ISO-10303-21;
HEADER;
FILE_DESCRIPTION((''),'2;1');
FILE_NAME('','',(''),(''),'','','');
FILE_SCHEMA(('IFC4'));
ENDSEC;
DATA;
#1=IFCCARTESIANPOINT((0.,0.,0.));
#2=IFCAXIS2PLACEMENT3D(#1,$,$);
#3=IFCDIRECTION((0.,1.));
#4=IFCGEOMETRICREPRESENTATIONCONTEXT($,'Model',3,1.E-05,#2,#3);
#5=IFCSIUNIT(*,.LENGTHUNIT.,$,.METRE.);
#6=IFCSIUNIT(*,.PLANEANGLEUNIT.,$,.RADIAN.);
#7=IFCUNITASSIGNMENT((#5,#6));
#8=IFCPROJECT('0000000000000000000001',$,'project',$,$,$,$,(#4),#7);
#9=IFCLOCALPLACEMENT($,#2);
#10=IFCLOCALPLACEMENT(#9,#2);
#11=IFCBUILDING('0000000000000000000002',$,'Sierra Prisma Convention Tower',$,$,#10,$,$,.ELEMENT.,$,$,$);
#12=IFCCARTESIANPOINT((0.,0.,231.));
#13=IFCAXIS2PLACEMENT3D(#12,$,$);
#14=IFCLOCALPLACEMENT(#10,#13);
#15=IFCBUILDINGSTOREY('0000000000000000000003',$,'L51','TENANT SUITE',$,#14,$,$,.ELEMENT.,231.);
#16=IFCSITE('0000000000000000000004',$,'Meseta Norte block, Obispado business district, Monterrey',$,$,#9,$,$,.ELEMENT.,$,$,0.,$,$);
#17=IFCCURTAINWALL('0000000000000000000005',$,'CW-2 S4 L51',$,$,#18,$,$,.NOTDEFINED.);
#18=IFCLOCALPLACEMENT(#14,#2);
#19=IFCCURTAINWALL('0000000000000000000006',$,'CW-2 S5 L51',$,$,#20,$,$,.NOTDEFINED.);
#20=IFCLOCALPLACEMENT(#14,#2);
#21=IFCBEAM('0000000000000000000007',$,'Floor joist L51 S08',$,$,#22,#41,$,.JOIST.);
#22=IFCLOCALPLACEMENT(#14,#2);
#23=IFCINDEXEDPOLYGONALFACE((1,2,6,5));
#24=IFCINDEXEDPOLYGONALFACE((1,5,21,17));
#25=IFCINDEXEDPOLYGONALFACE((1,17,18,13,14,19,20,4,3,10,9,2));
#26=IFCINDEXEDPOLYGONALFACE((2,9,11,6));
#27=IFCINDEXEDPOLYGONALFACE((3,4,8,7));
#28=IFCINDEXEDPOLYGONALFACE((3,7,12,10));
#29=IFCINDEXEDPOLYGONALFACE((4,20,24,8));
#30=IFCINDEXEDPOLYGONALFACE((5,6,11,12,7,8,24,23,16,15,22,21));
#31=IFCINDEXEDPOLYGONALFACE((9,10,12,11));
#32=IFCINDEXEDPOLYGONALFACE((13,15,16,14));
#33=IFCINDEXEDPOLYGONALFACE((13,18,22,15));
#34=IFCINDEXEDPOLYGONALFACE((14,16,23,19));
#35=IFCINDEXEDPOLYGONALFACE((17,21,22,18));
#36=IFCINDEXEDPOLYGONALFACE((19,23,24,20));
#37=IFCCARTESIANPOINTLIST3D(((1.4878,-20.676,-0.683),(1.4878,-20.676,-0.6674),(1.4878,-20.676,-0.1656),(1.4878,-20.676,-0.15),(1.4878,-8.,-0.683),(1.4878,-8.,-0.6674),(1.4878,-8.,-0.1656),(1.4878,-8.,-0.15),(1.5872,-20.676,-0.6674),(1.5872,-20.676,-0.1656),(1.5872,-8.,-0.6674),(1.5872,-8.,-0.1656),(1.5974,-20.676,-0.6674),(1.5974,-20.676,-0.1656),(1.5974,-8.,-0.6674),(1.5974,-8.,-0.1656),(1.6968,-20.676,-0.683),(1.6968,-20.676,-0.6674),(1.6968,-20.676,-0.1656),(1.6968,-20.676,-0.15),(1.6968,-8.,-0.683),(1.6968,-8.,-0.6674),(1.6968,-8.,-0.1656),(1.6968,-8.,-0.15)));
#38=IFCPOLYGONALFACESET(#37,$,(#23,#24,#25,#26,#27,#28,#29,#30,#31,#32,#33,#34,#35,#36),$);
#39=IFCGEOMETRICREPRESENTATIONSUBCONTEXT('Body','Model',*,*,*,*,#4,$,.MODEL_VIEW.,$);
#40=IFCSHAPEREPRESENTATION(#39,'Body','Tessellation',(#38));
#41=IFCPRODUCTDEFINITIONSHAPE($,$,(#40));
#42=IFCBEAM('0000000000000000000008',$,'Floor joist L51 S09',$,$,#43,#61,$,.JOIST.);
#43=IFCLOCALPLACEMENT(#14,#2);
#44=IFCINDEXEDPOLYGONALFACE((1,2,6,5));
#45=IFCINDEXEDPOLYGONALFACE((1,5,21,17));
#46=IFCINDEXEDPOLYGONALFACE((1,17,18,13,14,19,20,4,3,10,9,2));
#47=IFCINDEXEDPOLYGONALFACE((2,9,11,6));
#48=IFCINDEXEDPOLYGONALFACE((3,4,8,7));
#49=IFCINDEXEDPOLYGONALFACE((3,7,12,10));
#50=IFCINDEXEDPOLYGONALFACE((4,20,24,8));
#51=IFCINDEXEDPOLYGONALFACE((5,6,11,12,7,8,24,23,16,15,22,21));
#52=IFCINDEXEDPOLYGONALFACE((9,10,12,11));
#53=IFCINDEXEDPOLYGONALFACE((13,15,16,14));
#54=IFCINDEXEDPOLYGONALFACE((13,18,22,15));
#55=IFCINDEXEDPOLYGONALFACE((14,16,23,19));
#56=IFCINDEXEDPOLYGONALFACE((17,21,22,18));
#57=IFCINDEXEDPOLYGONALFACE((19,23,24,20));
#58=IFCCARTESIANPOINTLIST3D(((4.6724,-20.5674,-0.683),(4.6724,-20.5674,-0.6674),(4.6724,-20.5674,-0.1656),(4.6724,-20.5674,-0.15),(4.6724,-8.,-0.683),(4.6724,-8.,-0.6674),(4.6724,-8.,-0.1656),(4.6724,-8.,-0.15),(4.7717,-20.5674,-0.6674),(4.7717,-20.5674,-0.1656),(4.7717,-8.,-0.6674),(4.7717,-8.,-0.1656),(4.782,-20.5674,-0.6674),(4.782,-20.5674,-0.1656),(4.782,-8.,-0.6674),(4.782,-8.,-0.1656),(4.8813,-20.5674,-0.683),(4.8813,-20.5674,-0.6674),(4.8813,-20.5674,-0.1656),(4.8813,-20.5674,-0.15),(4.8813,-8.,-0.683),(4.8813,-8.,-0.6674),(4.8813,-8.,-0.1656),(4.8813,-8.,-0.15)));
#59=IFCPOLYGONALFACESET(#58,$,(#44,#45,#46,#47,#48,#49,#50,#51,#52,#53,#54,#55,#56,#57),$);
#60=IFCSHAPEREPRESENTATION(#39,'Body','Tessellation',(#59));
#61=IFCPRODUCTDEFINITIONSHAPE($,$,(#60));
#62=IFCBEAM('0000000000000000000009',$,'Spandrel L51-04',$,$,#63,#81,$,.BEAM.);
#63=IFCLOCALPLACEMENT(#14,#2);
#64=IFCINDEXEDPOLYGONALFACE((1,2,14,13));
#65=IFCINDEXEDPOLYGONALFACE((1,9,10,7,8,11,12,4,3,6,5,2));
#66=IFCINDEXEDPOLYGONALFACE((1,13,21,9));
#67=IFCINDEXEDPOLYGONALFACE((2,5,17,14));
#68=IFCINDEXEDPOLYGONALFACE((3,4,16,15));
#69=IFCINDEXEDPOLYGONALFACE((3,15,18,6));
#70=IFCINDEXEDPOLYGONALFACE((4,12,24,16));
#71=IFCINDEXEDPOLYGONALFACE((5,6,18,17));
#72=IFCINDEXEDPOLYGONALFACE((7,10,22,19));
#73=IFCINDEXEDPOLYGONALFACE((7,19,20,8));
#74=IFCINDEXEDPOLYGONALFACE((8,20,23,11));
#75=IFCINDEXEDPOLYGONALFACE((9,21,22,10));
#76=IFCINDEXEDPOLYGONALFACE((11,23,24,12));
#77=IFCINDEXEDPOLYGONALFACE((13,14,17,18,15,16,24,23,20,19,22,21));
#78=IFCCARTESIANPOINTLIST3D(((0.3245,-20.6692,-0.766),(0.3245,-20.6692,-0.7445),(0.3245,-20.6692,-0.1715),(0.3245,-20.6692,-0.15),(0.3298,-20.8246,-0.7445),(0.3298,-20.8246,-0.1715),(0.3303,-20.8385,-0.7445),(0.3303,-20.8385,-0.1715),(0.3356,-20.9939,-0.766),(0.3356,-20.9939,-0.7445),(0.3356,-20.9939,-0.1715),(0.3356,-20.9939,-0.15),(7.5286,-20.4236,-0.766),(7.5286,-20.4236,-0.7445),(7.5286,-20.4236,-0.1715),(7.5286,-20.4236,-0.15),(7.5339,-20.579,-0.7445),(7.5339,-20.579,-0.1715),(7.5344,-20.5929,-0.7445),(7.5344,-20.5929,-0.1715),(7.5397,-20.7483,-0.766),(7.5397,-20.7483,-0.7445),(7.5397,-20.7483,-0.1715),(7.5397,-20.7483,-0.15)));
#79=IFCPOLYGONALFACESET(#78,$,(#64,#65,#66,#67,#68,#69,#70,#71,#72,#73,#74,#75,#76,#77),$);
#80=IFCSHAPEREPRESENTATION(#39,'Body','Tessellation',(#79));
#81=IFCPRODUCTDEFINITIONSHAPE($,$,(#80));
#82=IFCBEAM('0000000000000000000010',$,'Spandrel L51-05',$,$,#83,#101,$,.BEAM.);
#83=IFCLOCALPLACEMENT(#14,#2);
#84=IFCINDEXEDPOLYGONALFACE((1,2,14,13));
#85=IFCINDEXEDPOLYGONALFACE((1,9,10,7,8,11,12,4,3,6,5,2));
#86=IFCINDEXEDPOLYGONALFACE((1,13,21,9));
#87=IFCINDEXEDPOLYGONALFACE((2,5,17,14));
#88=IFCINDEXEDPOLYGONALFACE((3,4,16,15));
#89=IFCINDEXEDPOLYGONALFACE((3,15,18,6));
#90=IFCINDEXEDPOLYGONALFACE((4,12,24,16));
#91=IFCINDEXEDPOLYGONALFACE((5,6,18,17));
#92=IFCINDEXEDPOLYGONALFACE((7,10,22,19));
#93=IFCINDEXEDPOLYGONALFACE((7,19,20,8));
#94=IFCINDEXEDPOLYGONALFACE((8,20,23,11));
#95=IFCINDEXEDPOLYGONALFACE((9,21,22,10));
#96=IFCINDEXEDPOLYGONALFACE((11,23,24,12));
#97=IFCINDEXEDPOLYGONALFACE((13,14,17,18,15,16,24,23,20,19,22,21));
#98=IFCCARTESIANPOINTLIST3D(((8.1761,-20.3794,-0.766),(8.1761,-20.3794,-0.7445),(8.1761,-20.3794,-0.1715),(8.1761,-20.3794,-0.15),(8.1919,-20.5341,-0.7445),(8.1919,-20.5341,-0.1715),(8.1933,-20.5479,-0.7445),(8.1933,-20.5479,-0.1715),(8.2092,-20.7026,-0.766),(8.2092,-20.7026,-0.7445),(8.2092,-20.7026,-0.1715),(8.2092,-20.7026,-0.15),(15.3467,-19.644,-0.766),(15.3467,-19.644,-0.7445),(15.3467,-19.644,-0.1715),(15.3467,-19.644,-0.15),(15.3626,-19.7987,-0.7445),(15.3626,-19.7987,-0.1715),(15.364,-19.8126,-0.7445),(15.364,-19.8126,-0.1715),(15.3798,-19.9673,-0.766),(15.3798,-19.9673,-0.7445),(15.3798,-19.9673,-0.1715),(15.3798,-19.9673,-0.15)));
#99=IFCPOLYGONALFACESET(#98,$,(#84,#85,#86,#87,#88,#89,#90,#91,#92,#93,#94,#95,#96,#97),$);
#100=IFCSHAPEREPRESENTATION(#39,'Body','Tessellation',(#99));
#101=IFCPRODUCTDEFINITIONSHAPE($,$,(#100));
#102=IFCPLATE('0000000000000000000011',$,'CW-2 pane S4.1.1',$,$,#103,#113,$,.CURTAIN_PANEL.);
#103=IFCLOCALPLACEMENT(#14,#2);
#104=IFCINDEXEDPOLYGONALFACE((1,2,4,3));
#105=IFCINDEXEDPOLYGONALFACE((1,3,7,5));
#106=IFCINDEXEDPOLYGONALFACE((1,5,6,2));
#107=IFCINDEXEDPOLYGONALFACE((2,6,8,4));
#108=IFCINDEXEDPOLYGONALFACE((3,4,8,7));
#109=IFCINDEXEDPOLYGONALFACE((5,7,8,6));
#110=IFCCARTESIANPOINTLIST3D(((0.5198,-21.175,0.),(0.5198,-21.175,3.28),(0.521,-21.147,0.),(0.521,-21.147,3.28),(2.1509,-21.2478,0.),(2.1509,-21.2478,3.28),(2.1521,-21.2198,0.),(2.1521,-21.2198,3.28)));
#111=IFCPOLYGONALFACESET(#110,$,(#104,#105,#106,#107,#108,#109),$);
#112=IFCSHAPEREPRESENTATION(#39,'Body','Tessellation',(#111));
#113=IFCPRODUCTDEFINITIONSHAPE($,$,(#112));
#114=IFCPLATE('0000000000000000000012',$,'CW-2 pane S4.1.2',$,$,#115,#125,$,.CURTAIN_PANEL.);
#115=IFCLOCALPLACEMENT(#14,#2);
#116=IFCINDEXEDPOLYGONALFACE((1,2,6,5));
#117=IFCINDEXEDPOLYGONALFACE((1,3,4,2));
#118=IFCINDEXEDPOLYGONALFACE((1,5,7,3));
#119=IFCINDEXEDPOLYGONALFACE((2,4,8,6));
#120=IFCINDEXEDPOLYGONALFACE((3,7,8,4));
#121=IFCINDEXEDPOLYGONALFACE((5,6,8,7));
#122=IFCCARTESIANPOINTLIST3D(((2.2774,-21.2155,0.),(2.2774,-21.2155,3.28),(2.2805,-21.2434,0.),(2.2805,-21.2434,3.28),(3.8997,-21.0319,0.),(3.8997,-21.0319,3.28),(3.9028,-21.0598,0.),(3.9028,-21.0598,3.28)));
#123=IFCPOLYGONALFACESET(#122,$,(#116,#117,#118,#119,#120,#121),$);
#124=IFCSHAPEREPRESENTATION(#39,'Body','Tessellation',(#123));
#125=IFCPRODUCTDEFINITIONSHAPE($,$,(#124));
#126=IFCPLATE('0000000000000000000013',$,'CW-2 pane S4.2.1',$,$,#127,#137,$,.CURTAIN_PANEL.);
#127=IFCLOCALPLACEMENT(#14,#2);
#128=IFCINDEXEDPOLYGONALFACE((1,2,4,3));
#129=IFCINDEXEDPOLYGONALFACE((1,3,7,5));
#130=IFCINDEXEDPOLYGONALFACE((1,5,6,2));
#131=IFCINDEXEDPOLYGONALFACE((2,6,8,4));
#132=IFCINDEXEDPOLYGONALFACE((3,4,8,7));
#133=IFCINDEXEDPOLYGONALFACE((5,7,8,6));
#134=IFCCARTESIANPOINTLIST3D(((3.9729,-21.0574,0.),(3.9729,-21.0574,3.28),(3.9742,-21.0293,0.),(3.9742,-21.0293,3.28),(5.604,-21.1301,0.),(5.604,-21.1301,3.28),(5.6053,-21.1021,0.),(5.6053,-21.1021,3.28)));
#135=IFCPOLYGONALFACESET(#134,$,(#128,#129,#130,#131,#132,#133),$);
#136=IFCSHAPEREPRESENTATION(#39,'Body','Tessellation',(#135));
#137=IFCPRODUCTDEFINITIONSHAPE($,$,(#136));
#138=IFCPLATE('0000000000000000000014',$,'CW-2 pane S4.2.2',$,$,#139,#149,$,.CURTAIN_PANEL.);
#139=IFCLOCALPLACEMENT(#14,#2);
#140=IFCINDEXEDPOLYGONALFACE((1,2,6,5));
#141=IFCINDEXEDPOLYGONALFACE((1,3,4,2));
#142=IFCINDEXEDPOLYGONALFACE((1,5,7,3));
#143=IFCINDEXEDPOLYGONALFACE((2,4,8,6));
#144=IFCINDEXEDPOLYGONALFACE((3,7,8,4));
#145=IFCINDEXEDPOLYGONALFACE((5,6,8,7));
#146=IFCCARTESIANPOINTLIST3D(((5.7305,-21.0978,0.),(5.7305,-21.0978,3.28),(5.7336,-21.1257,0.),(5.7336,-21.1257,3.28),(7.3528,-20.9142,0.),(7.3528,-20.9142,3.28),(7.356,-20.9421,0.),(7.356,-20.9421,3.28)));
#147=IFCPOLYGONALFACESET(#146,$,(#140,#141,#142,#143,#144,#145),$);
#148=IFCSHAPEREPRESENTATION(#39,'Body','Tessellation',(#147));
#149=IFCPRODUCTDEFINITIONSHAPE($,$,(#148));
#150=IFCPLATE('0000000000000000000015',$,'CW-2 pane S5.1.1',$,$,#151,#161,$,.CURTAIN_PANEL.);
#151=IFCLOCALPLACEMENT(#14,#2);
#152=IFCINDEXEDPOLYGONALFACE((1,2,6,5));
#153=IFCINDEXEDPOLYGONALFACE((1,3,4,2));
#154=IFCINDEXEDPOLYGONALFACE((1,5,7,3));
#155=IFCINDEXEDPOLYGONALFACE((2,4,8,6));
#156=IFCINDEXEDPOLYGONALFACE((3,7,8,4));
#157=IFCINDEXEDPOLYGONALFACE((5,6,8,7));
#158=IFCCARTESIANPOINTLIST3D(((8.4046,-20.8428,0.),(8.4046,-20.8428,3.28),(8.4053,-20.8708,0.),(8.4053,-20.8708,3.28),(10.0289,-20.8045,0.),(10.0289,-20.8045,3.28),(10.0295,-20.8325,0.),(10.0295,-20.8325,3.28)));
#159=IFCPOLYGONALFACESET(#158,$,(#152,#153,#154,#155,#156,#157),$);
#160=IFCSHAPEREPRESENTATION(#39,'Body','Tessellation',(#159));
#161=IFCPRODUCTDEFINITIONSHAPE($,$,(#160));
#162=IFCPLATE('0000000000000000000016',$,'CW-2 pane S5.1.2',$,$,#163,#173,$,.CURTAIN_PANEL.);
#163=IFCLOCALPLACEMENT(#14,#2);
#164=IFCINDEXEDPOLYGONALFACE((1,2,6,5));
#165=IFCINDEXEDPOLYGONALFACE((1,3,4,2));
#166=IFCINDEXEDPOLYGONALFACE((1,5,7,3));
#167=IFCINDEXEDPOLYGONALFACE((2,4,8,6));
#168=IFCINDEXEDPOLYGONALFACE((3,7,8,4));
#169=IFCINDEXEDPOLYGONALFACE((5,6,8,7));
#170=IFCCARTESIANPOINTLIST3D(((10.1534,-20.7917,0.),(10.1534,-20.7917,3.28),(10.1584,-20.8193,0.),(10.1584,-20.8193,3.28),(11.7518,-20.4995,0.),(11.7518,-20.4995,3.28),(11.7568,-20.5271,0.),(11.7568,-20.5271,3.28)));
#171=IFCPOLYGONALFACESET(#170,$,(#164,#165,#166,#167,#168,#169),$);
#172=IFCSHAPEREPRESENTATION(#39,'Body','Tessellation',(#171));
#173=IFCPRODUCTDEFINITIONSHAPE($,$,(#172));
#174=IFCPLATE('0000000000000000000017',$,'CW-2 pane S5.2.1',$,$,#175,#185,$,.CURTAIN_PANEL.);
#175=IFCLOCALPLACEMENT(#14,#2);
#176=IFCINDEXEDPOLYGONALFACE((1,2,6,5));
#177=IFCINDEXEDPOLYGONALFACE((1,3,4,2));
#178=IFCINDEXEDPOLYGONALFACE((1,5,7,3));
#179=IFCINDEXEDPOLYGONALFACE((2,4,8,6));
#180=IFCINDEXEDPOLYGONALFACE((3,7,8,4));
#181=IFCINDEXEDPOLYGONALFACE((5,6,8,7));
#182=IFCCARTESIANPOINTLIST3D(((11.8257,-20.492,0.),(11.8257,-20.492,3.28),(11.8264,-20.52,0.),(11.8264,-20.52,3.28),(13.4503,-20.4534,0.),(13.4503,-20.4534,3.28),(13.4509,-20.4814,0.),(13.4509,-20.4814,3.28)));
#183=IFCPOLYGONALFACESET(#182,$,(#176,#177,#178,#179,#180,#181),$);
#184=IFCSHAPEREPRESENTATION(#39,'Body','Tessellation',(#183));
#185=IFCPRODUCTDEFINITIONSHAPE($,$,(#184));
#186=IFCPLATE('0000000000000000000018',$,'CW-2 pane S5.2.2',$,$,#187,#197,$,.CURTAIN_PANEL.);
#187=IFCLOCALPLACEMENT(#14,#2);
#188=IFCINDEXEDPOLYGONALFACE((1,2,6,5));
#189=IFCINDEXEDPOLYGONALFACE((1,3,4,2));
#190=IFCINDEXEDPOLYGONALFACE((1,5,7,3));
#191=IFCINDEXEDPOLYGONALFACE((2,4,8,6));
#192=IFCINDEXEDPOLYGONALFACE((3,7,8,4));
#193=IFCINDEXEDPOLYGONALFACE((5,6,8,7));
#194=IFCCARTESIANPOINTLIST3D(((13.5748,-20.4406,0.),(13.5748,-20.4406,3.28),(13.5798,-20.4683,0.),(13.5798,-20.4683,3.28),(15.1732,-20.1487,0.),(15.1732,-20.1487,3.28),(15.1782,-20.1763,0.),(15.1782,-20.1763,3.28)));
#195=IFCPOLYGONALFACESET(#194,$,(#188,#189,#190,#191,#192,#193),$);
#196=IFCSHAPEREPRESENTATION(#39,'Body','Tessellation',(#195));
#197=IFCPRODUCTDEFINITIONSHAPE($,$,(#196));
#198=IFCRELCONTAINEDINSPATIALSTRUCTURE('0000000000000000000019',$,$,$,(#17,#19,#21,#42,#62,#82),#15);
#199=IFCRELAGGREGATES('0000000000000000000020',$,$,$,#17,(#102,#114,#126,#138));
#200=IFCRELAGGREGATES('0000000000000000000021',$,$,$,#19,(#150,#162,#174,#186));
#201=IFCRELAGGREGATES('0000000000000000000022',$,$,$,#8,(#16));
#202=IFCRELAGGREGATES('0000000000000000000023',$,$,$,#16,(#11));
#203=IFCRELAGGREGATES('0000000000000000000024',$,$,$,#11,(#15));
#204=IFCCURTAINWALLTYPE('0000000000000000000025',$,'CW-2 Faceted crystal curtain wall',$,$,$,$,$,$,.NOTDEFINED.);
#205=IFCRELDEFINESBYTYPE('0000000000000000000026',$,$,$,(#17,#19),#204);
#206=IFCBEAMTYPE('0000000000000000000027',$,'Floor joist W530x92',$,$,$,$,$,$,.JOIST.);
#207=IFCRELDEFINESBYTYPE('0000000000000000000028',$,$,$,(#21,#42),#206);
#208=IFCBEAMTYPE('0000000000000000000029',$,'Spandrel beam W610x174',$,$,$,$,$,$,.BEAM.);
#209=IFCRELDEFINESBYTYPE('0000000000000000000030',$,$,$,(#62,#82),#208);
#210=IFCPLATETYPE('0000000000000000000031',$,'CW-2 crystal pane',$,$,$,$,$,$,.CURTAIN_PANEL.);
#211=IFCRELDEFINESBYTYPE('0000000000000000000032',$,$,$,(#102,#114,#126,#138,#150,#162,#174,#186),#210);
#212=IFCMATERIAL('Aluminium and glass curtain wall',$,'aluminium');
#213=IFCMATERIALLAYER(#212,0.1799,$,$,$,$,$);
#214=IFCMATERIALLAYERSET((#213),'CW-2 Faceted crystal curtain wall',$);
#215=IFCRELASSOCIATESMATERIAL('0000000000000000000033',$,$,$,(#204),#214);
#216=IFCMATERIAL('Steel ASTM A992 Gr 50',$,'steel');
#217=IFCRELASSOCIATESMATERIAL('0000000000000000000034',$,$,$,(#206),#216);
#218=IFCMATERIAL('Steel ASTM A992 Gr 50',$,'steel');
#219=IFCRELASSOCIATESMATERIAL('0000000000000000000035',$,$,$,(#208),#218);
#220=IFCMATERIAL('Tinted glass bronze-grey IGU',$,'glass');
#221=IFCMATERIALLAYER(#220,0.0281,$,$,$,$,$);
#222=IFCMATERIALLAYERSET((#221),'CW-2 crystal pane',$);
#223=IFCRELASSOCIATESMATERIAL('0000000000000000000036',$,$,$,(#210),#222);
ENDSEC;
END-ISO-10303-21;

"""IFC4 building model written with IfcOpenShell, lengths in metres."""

from ifc_helpers import new_model, si_unit, direction, frame, origin, origin_2d, place, context, subcontext, project, spatial, polyline, i_section, outline, extrude, material, layer, layer_set, material_profile, profile_set, type_object, element, aggregate, save


model = new_model("IFC4")

# Units and contexts
model_context = context("Model", 3, precision=1e-05, world=origin(), true_north=direction((0.0, 1.0)))
body_context = subcontext(model_context, "Body", "Model", "MODEL_VIEW")
ifc_project = project(units=[si_unit("LENGTHUNIT", "METRE"), si_unit("PLANEANGLEUNIT", "RADIAN")], contexts=[model_context])

# Site, building, storey
site_placement = place(None, origin())
site = spatial("IfcSite", under=ifc_project, at=site_placement, Name="Meseta Norte block, Obispado business district, Monterrey", CompositionType="ELEMENT", RefElevation=0.0)
building_placement = place(site_placement, origin())
building = spatial("IfcBuilding", under=site, at=building_placement, Name="Sierra Prisma Convention Tower", CompositionType="ELEMENT")
storey_placement = place(building_placement, frame((0.0, 0.0, 231.0)))
storey = spatial("IfcBuildingStorey", under=building, at=storey_placement, Name="L51", Description="TENANT SUITE", CompositionType="ELEMENT", Elevation=231.0)

# Curtain walls
ifc_material_1 = material(Name="Aluminium and glass curtain wall", Category="aluminium")
ifc_layer_1 = layer(ifc_material_1, 0.1799)
ifc_layer_set_1 = layer_set([ifc_layer_1], Name="CW-2 Faceted crystal curtain wall")
curtain_wall_type = type_object("IfcCurtainWallType", Name="CW-2 Faceted crystal curtain wall", PredefinedType="NOTDEFINED", material=ifc_layer_set_1)
curtain_wall_1_placement = place(storey_placement, origin())
curtain_wall_1 = element("IfcCurtainWall", 1, at=curtain_wall_1_placement, inside=storey, type_object=curtain_wall_type, Name="CW-2 S4 L51", PredefinedType="NOTDEFINED")
curtain_wall_2_placement = place(storey_placement, origin())
curtain_wall_2 = element("IfcCurtainWall", 2, at=curtain_wall_2_placement, inside=storey, type_object=curtain_wall_type, Name="CW-2 S5 L51", PredefinedType="NOTDEFINED")

# Beams
ifc_material_2 = material(Name="Steel ASTM A992 Gr 50", Category="steel")
ifc_material_profile_1 = material_profile(ifc_material_2, i_section(OverallWidth=0.209, OverallDepth=0.533, WebThickness=0.0103, FlangeThickness=0.0156, at=origin_2d()), Name="W530x92")
ifc_profile_set_1 = profile_set([ifc_material_profile_1], Name="Steel ASTM A992 Gr 50")
beam_type_1 = type_object("IfcBeamType", Name="Floor joist W530x92", PredefinedType="JOIST", material=ifc_profile_set_1)
beam_1_placement = place(storey_placement, frame((1.5923, -20.676, -0.4165), z_axis=(0.0, 1.0, 0.0), x_axis=(-1.0, 0.0, 0.0)))
element("IfcBeam", 3, at=beam_1_placement, inside=storey, type_object=beam_type_1, Name="Floor joist L51 S08", PredefinedType="JOIST", context=body_context, shape_type="SweptSolid", body=[
    extrude(i_section(OverallWidth=0.209, OverallDepth=0.533, WebThickness=0.0103, FlangeThickness=0.0156, at=origin_2d()), origin(), (0.0, 0.0, 1.0), 12.676),
])
beam_2_placement = place(storey_placement, frame((4.7769, -20.5674, -0.4165), z_axis=(0.0, 1.0, 0.0), x_axis=(-1.0, 0.0, 0.0)))
element("IfcBeam", 4, at=beam_2_placement, inside=storey, type_object=beam_type_1, Name="Floor joist L51 S09", PredefinedType="JOIST", context=body_context, shape_type="SweptSolid", body=[
    extrude(i_section(OverallWidth=0.209, OverallDepth=0.533, WebThickness=0.0103, FlangeThickness=0.0156, at=origin_2d()), origin(), (0.0, 0.0, 1.0), 12.5674),
])
ifc_material_3 = material(Name="Steel ASTM A992 Gr 50", Category="steel")
ifc_material_profile_2 = material_profile(ifc_material_3, i_section(OverallWidth=0.325, OverallDepth=0.616, WebThickness=0.0139, FlangeThickness=0.0215, at=origin_2d()), Name="W610x174")
ifc_profile_set_2 = profile_set([ifc_material_profile_2], Name="Steel ASTM A992 Gr 50")
beam_type_2 = type_object("IfcBeamType", Name="Spandrel beam W610x174", PredefinedType="BEAM", material=ifc_profile_set_2)
for number, where, z_axis, x_axis, name in (
    (5, (0.3301, -20.8315, -0.458), (0.999419, 0.034073, 0.0), (-0.034073, 0.999419, 0.0), "Spandrel L51-04"),
    (6, (8.1926, -20.541, -0.458), (0.994783, 0.102015, 0.0), (-0.102015, 0.994783, 0.0), "Spandrel L51-05"),
):
    element("IfcBeam", number, at=place(storey_placement, frame(where, z_axis=z_axis, x_axis=x_axis)), inside=storey, type_object=beam_type_2, Name=name, PredefinedType="BEAM", context=body_context, shape_type="SweptSolid", body=[
        extrude(i_section(OverallWidth=0.325, OverallDepth=0.616, WebThickness=0.0139, FlangeThickness=0.0215, at=origin_2d()), origin(), (0.0, 0.0, 1.0), 7.2083),
    ])

# Plates
ifc_material_4 = material(Name="Tinted glass bronze-grey IGU", Category="glass")
ifc_layer_2 = layer(ifc_material_4, 0.0281)
ifc_layer_set_2 = layer_set([ifc_layer_2], Name="CW-2 crystal pane")
plate_type = type_object("IfcPlateType", Name="CW-2 crystal pane", PredefinedType="CURTAIN_PANEL", material=ifc_layer_set_2)
plate_1_placement = place(storey_placement, frame((0.5198, -21.175, 0.0), z_axis=(-0.04456, -0.999007, 0.0), x_axis=(0.999007, -0.04456, 0.0)))
plate_1 = element("IfcPlate", 7, at=plate_1_placement, type_object=plate_type, Name="CW-2 pane S4.1.1", PredefinedType="CURTAIN_PANEL", context=body_context, shape_type="SweptSolid", body=[
    extrude(outline(polyline([(0.0, 0.0), (1.6327, 0.0), (1.6327, 3.28), (0.0, 3.28), (0.0, 0.0)])), origin(), (0.0, 0.0, -1.0), 0.0281),
])
plate_2_placement = place(storey_placement, frame((3.9028, -21.0598, 0.0), z_axis=(0.11245, -0.993657, 0.0), x_axis=(-0.993657, -0.11245, 0.0)))
plate_2 = element("IfcPlate", 8, at=plate_2_placement, type_object=plate_type, Name="CW-2 pane S4.1.2", PredefinedType="CURTAIN_PANEL", context=body_context, shape_type="SweptSolid", body=[
    extrude(outline(polyline([(0.0, 0.0), (1.6327, 0.0), (1.6327, -3.28), (0.0, -3.28), (0.0, 0.0)])), origin(), (0.0, 0.0, -1.0), 0.0281),
])
plate_3_placement = place(storey_placement, frame((3.9729, -21.0574, 0.0), z_axis=(-0.04456, -0.999007, 0.0), x_axis=(0.999007, -0.04456, 0.0)))
plate_3 = element("IfcPlate", 9, at=plate_3_placement, type_object=plate_type, Name="CW-2 pane S4.2.1", PredefinedType="CURTAIN_PANEL", context=body_context, shape_type="SweptSolid", body=[
    extrude(outline(polyline([(0.0, 0.0), (1.6327, 0.0), (1.6327, 3.28), (0.0, 3.28), (0.0, 0.0)])), origin(), (0.0, 0.0, -1.0), 0.0281),
])
plate_4_placement = place(storey_placement, frame((7.356, -20.9421, 0.0), z_axis=(0.11245, -0.993657, 0.0), x_axis=(-0.993657, -0.11245, 0.0)))
plate_4 = element("IfcPlate", 10, at=plate_4_placement, type_object=plate_type, Name="CW-2 pane S4.2.2", PredefinedType="CURTAIN_PANEL", context=body_context, shape_type="SweptSolid", body=[
    extrude(outline(polyline([(0.0, 0.0), (1.6327, 0.0), (1.6327, -3.28), (0.0, -3.28), (0.0, 0.0)])), origin(), (0.0, 0.0, -1.0), 0.0281),
])
aggregate(curtain_wall_1, [plate_1, plate_2, plate_3, plate_4])
plate_5_placement = place(storey_placement, frame((8.4053, -20.8708, 0.0), z_axis=(0.023592, -0.999722, 0.0), x_axis=(0.999722, 0.023592, 0.0)))
plate_5 = element("IfcPlate", 11, at=plate_5_placement, type_object=plate_type, Name="CW-2 pane S5.1.1", PredefinedType="CURTAIN_PANEL", context=body_context, shape_type="SweptSolid", body=[
    extrude(outline(polyline([(0.0, 0.0), (1.6247, 0.0), (1.6247, 3.28), (0.0, 3.28), (0.0, 0.0)])), origin(), (0.0, 0.0, -1.0), 0.0281),
])
plate_6_placement = place(storey_placement, frame((11.7568, -20.5271, 0.0), z_axis=(0.179851, -0.983694, 0.0), x_axis=(-0.983694, -0.179851, 0.0)))
plate_6 = element("IfcPlate", 12, at=plate_6_placement, type_object=plate_type, Name="CW-2 pane S5.1.2", PredefinedType="CURTAIN_PANEL", context=body_context, shape_type="SweptSolid", body=[
    extrude(outline(polyline([(0.0, 0.0), (1.6249, 0.0), (1.6249, -3.28), (0.0, -3.28), (0.0, 0.0)])), origin(), (0.0, 0.0, -1.0), 0.0281),
])
plate_7_placement = place(storey_placement, frame((11.8264, -20.52, 0.0), z_axis=(0.023738, -0.999718, 0.0), x_axis=(0.999718, 0.023738, 0.0)))
plate_7 = element("IfcPlate", 13, at=plate_7_placement, type_object=plate_type, Name="CW-2 pane S5.2.1", PredefinedType="CURTAIN_PANEL", context=body_context, shape_type="SweptSolid", body=[
    extrude(outline(polyline([(0.0, 0.0), (1.625, 0.0), (1.625, 3.28), (0.0, 3.28), (0.0, 0.0)])), origin(), (0.0, 0.0, -1.0), 0.0281),
])
plate_8_placement = place(storey_placement, frame((15.1782, -20.1763, 0.0), z_axis=(0.179705, -0.983721, 0.0), x_axis=(-0.983721, -0.179705, 0.0)))
plate_8 = element("IfcPlate", 14, at=plate_8_placement, type_object=plate_type, Name="CW-2 pane S5.2.2", PredefinedType="CURTAIN_PANEL", context=body_context, shape_type="SweptSolid", body=[
    extrude(outline(polyline([(0.0, 0.0), (1.6248, 0.0), (1.6248, -3.28), (0.0, -3.28), (0.0, 0.0)])), origin(), (0.0, 0.0, -1.0), 0.0281),
])
aggregate(curtain_wall_2, [plate_5, plate_6, plate_7, plate_8])

save(model, "model.ifc")
